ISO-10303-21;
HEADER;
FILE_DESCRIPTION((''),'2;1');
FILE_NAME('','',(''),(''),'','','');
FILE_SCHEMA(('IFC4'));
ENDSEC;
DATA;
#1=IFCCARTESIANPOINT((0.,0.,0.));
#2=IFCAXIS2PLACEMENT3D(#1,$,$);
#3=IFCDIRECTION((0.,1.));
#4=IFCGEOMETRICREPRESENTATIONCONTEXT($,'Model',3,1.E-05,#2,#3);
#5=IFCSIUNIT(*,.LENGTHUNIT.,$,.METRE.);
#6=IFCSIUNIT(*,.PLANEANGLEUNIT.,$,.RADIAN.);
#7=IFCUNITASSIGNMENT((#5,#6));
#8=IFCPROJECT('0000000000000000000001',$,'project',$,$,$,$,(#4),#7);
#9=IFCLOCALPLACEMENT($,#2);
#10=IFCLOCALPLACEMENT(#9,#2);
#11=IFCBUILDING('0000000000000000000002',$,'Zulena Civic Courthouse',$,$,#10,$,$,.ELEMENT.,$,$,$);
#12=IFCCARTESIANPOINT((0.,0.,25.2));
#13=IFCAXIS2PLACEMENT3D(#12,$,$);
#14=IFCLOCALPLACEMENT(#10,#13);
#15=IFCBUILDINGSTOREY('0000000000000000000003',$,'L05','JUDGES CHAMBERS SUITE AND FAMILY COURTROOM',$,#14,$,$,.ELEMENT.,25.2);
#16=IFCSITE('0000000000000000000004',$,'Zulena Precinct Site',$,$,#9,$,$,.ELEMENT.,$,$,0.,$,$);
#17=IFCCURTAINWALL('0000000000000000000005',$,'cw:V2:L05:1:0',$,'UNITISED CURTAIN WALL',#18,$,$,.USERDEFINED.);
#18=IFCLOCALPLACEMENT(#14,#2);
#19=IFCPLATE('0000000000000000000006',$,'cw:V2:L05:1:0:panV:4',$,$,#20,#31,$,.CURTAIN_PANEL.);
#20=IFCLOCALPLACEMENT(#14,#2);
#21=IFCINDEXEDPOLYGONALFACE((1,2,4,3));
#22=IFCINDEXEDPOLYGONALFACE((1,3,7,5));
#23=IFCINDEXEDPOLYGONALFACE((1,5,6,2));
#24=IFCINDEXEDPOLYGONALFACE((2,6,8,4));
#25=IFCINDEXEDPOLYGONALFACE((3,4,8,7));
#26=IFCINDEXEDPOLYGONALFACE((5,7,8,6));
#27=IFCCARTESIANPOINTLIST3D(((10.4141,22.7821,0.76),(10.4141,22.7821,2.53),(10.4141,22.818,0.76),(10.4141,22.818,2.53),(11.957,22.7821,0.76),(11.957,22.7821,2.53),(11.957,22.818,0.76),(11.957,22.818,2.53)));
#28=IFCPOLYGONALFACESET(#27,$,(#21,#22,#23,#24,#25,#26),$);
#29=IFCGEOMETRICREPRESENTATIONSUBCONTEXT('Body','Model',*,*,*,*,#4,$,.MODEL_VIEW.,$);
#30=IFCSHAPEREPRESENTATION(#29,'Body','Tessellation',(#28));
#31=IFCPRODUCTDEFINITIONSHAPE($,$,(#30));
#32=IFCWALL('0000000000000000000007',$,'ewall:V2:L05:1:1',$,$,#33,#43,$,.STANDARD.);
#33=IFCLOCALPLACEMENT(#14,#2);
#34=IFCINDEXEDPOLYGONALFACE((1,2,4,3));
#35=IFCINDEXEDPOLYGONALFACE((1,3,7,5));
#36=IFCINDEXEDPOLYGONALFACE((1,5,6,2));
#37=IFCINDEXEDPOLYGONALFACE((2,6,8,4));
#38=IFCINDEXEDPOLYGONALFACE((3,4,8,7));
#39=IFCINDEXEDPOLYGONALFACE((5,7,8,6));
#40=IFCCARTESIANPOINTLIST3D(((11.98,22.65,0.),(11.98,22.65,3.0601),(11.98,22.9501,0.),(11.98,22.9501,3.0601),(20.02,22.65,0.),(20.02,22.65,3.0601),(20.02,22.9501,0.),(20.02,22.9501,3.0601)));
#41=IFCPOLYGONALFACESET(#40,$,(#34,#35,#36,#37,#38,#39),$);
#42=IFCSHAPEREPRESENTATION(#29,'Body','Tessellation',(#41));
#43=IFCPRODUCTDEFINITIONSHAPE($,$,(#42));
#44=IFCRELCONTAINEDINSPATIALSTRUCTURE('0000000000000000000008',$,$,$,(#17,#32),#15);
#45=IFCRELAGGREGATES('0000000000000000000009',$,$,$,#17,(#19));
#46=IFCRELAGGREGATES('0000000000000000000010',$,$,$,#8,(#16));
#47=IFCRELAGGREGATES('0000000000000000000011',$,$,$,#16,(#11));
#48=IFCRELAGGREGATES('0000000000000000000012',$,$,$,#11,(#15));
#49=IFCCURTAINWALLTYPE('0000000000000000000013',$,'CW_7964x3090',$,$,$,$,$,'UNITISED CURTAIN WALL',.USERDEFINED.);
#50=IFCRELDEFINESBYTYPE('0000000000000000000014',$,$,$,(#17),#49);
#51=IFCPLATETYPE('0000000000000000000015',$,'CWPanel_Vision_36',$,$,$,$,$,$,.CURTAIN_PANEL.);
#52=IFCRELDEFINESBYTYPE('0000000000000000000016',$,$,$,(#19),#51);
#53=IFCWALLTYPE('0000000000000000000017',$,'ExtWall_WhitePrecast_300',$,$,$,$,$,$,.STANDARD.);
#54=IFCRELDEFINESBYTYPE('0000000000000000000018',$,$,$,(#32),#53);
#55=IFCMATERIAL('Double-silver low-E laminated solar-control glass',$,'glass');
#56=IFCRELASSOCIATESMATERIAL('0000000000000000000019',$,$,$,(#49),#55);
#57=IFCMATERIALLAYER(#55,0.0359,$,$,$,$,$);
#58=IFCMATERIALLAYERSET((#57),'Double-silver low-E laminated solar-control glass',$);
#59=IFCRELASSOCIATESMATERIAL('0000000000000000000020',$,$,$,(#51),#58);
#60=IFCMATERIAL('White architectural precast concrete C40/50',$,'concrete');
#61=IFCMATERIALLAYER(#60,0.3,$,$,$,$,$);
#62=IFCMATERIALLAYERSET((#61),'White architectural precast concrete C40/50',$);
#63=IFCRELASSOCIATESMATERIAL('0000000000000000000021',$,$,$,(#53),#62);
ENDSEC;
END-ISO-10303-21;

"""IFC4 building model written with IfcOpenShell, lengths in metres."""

from ifc_helpers import new_model, si_unit, direction, frame, frame_2d, origin, origin_2d, place, context, subcontext, project, spatial, rectangle, extrude, material, layer, layer_set, type_object, element, aggregate, save


model = new_model("IFC4")

# Units and contexts
model_context = context("Model", 3, precision=1e-05, world=origin(), true_north=direction((0.0, 1.0)))
body_context = subcontext(model_context, "Body", "Model", "MODEL_VIEW")
ifc_project = project(units=[si_unit("LENGTHUNIT", "METRE"), si_unit("PLANEANGLEUNIT", "RADIAN")], contexts=[model_context])

# Site, building, storey
site_placement = place(None, origin())
site = spatial("IfcSite", under=ifc_project, at=site_placement, Name="Zulena Precinct Site", CompositionType="ELEMENT", RefElevation=0.0)
building_placement = place(site_placement, origin())
building = spatial("IfcBuilding", under=site, at=building_placement, Name="Zulena Civic Courthouse", CompositionType="ELEMENT")
storey_placement = place(building_placement, frame((0.0, 0.0, 25.2)))
storey = spatial("IfcBuildingStorey", under=building, at=storey_placement, Name="L05", Description="JUDGES CHAMBERS SUITE AND FAMILY COURTROOM", CompositionType="ELEMENT", Elevation=25.2)

# Curtain wall
ifc_material_1 = material(Name="Double-silver low-E laminated solar-control glass", Category="glass")
curtain_wall_type = type_object("IfcCurtainWallType", Name="CW_7964x3090", ElementType="UNITISED CURTAIN WALL", PredefinedType="USERDEFINED", material=ifc_material_1)
curtain_wall_placement = place(storey_placement, origin())
curtain_wall = element("IfcCurtainWall", 1, at=curtain_wall_placement, inside=storey, type_object=curtain_wall_type, Name="cw:V2:L05:1:0", ObjectType="UNITISED CURTAIN WALL", PredefinedType="USERDEFINED")

# Plate
ifc_layer_1 = layer(ifc_material_1, 0.0359)
ifc_layer_set_1 = layer_set([ifc_layer_1], Name="Double-silver low-E laminated solar-control glass")
plate_type_1 = type_object("IfcPlateType", Name="CWPanel_Vision_36", PredefinedType="CURTAIN_PANEL", material=ifc_layer_set_1)
plate_1_placement = place(storey_placement, frame((11.1855, 22.8, 0.76), z_axis=(0.0, 0.0, 1.0), x_axis=(1.0, 0.0, 0.0)))
plate_1 = element("IfcPlate", 2, at=plate_1_placement, type_object=plate_type_1, Name="cw:V2:L05:1:0:panV:4", PredefinedType="CURTAIN_PANEL", context=body_context, shape_type="SweptSolid", body=[
    extrude(rectangle(XDim=1.543, YDim=0.0359, at=origin_2d()), origin(), (0.0, 0.0, 1.0), 1.77),
])
aggregate(curtain_wall, [plate_1])

# Wall
ifc_material_2 = material(Name="White architectural precast concrete C40/50", Category="concrete")
ifc_layer_2 = layer(ifc_material_2, 0.3)
ifc_layer_set_2 = layer_set([ifc_layer_2], Name="White architectural precast concrete C40/50")
wall_type = type_object("IfcWallType", Name="ExtWall_WhitePrecast_300", PredefinedType="STANDARD", material=ifc_layer_set_2)
wall_placement = place(storey_placement, frame((11.98, 22.8, 0.0), z_axis=(0.0, 0.0, 1.0), x_axis=(1.0, 0.0, 0.0)))
element("IfcWall", 3, at=wall_placement, inside=storey, type_object=wall_type, Name="ewall:V2:L05:1:1", PredefinedType="STANDARD", context=body_context, shape_type="SweptSolid", body=[
    extrude(rectangle(XDim=8.04, YDim=0.3, at=frame_2d((4.02, 0.0))), origin(), (0.0, 0.0, 1.0), 3.0601),
])

save(model, "model.ifc")
